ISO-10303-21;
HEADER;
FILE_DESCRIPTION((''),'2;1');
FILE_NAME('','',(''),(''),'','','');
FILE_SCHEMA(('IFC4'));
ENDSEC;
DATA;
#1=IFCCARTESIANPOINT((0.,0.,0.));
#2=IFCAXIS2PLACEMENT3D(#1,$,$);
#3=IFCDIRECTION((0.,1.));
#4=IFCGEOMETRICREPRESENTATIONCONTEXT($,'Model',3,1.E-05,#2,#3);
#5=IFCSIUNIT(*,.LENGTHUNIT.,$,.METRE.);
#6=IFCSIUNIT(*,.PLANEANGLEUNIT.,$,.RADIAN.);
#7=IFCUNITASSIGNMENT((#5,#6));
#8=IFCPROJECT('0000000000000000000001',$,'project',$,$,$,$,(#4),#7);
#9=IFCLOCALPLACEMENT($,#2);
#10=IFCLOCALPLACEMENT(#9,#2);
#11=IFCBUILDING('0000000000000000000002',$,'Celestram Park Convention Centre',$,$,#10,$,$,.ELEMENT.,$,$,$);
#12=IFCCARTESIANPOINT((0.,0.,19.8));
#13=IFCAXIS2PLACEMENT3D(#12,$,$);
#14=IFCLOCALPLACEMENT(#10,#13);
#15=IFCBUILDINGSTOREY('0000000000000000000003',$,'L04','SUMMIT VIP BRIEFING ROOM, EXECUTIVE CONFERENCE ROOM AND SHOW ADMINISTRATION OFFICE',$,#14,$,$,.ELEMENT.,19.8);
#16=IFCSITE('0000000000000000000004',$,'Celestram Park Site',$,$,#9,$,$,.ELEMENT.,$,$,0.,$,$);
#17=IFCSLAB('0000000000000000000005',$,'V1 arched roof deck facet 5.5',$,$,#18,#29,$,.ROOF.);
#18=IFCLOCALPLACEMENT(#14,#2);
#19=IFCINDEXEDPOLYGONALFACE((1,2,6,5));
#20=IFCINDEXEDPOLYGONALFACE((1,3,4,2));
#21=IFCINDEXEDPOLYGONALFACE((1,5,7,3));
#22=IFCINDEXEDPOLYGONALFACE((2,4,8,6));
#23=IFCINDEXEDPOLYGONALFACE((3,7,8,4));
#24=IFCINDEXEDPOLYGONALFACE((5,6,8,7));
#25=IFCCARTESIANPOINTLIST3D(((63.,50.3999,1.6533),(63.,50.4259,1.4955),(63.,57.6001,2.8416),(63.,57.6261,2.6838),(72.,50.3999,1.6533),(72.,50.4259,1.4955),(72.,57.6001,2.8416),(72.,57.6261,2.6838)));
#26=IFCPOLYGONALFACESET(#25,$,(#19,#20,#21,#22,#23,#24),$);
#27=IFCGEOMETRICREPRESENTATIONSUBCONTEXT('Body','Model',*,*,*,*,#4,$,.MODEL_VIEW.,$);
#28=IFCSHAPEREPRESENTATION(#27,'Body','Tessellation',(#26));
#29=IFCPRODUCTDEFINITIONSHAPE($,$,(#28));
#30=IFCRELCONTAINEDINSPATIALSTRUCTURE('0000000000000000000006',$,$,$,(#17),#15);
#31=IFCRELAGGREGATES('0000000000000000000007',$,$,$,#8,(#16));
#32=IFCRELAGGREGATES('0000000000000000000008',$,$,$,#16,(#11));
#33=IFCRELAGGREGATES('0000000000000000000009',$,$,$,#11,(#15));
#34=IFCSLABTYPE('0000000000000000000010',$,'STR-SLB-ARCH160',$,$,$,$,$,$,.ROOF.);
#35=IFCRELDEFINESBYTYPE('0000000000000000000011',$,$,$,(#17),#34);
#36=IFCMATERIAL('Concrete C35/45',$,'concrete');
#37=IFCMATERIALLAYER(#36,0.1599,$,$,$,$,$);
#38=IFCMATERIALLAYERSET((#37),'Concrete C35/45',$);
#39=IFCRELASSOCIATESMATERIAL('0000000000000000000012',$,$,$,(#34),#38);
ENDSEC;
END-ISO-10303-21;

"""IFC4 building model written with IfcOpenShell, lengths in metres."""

from ifc_helpers import new_model, si_unit, direction, frame, origin, place, context, subcontext, project, spatial, polyline, outline, extrude, material, layer, layer_set, type_object, element, save


model = new_model("IFC4")

# Units and contexts
model_context = context("Model", 3, precision=1e-05, world=origin(), true_north=direction((0.0, 1.0)))
body_context = subcontext(model_context, "Body", "Model", "MODEL_VIEW")
ifc_project = project(units=[si_unit("LENGTHUNIT", "METRE"), si_unit("PLANEANGLEUNIT", "RADIAN")], contexts=[model_context])

# Site, building, storey
site_placement = place(None, origin())
site = spatial("IfcSite", under=ifc_project, at=site_placement, Name="Celestram Park Site", CompositionType="ELEMENT", RefElevation=0.0)
building_placement = place(site_placement, origin())
building = spatial("IfcBuilding", under=site, at=building_placement, Name="Celestram Park Convention Centre", CompositionType="ELEMENT")
storey_placement = place(building_placement, frame((0.0, 0.0, 19.8)))
storey = spatial("IfcBuildingStorey", under=building, at=storey_placement, Name="L04", Description="SUMMIT VIP BRIEFING ROOM, EXECUTIVE CONFERENCE ROOM AND SHOW ADMINISTRATION OFFICE", CompositionType="ELEMENT", Elevation=19.8)

# Slab
ifc_material_1 = material(Name="Concrete C35/45", Category="concrete")
ifc_layer_1 = layer(ifc_material_1, 0.1599)
ifc_layer_set_1 = layer_set([ifc_layer_1], Name="Concrete C35/45")
slab_type = type_object("IfcSlabType", Name="STR-SLB-ARCH160", PredefinedType="ROOF", material=ifc_layer_set_1)
slab_1_placement = place(storey_placement, frame((63.0, 50.3999, 1.6533), z_axis=(0.0, -0.162825, 0.986655), x_axis=(1.0, 0.0, 0.0)))
element("IfcSlab", 1, at=slab_1_placement, inside=storey, type_object=slab_type, Name="V1 arched roof deck facet 5.5", PredefinedType="ROOF", context=body_context, shape_type="SweptSolid", body=[
    extrude(outline(polyline([(0.0, 0.0), (9.0, 0.0), (9.0, 7.2976), (0.0, 7.2976), (0.0, 0.0)])), origin(), (0.0, 0.0, -1.0), 0.1599),
])

save(model, "model.ifc")
